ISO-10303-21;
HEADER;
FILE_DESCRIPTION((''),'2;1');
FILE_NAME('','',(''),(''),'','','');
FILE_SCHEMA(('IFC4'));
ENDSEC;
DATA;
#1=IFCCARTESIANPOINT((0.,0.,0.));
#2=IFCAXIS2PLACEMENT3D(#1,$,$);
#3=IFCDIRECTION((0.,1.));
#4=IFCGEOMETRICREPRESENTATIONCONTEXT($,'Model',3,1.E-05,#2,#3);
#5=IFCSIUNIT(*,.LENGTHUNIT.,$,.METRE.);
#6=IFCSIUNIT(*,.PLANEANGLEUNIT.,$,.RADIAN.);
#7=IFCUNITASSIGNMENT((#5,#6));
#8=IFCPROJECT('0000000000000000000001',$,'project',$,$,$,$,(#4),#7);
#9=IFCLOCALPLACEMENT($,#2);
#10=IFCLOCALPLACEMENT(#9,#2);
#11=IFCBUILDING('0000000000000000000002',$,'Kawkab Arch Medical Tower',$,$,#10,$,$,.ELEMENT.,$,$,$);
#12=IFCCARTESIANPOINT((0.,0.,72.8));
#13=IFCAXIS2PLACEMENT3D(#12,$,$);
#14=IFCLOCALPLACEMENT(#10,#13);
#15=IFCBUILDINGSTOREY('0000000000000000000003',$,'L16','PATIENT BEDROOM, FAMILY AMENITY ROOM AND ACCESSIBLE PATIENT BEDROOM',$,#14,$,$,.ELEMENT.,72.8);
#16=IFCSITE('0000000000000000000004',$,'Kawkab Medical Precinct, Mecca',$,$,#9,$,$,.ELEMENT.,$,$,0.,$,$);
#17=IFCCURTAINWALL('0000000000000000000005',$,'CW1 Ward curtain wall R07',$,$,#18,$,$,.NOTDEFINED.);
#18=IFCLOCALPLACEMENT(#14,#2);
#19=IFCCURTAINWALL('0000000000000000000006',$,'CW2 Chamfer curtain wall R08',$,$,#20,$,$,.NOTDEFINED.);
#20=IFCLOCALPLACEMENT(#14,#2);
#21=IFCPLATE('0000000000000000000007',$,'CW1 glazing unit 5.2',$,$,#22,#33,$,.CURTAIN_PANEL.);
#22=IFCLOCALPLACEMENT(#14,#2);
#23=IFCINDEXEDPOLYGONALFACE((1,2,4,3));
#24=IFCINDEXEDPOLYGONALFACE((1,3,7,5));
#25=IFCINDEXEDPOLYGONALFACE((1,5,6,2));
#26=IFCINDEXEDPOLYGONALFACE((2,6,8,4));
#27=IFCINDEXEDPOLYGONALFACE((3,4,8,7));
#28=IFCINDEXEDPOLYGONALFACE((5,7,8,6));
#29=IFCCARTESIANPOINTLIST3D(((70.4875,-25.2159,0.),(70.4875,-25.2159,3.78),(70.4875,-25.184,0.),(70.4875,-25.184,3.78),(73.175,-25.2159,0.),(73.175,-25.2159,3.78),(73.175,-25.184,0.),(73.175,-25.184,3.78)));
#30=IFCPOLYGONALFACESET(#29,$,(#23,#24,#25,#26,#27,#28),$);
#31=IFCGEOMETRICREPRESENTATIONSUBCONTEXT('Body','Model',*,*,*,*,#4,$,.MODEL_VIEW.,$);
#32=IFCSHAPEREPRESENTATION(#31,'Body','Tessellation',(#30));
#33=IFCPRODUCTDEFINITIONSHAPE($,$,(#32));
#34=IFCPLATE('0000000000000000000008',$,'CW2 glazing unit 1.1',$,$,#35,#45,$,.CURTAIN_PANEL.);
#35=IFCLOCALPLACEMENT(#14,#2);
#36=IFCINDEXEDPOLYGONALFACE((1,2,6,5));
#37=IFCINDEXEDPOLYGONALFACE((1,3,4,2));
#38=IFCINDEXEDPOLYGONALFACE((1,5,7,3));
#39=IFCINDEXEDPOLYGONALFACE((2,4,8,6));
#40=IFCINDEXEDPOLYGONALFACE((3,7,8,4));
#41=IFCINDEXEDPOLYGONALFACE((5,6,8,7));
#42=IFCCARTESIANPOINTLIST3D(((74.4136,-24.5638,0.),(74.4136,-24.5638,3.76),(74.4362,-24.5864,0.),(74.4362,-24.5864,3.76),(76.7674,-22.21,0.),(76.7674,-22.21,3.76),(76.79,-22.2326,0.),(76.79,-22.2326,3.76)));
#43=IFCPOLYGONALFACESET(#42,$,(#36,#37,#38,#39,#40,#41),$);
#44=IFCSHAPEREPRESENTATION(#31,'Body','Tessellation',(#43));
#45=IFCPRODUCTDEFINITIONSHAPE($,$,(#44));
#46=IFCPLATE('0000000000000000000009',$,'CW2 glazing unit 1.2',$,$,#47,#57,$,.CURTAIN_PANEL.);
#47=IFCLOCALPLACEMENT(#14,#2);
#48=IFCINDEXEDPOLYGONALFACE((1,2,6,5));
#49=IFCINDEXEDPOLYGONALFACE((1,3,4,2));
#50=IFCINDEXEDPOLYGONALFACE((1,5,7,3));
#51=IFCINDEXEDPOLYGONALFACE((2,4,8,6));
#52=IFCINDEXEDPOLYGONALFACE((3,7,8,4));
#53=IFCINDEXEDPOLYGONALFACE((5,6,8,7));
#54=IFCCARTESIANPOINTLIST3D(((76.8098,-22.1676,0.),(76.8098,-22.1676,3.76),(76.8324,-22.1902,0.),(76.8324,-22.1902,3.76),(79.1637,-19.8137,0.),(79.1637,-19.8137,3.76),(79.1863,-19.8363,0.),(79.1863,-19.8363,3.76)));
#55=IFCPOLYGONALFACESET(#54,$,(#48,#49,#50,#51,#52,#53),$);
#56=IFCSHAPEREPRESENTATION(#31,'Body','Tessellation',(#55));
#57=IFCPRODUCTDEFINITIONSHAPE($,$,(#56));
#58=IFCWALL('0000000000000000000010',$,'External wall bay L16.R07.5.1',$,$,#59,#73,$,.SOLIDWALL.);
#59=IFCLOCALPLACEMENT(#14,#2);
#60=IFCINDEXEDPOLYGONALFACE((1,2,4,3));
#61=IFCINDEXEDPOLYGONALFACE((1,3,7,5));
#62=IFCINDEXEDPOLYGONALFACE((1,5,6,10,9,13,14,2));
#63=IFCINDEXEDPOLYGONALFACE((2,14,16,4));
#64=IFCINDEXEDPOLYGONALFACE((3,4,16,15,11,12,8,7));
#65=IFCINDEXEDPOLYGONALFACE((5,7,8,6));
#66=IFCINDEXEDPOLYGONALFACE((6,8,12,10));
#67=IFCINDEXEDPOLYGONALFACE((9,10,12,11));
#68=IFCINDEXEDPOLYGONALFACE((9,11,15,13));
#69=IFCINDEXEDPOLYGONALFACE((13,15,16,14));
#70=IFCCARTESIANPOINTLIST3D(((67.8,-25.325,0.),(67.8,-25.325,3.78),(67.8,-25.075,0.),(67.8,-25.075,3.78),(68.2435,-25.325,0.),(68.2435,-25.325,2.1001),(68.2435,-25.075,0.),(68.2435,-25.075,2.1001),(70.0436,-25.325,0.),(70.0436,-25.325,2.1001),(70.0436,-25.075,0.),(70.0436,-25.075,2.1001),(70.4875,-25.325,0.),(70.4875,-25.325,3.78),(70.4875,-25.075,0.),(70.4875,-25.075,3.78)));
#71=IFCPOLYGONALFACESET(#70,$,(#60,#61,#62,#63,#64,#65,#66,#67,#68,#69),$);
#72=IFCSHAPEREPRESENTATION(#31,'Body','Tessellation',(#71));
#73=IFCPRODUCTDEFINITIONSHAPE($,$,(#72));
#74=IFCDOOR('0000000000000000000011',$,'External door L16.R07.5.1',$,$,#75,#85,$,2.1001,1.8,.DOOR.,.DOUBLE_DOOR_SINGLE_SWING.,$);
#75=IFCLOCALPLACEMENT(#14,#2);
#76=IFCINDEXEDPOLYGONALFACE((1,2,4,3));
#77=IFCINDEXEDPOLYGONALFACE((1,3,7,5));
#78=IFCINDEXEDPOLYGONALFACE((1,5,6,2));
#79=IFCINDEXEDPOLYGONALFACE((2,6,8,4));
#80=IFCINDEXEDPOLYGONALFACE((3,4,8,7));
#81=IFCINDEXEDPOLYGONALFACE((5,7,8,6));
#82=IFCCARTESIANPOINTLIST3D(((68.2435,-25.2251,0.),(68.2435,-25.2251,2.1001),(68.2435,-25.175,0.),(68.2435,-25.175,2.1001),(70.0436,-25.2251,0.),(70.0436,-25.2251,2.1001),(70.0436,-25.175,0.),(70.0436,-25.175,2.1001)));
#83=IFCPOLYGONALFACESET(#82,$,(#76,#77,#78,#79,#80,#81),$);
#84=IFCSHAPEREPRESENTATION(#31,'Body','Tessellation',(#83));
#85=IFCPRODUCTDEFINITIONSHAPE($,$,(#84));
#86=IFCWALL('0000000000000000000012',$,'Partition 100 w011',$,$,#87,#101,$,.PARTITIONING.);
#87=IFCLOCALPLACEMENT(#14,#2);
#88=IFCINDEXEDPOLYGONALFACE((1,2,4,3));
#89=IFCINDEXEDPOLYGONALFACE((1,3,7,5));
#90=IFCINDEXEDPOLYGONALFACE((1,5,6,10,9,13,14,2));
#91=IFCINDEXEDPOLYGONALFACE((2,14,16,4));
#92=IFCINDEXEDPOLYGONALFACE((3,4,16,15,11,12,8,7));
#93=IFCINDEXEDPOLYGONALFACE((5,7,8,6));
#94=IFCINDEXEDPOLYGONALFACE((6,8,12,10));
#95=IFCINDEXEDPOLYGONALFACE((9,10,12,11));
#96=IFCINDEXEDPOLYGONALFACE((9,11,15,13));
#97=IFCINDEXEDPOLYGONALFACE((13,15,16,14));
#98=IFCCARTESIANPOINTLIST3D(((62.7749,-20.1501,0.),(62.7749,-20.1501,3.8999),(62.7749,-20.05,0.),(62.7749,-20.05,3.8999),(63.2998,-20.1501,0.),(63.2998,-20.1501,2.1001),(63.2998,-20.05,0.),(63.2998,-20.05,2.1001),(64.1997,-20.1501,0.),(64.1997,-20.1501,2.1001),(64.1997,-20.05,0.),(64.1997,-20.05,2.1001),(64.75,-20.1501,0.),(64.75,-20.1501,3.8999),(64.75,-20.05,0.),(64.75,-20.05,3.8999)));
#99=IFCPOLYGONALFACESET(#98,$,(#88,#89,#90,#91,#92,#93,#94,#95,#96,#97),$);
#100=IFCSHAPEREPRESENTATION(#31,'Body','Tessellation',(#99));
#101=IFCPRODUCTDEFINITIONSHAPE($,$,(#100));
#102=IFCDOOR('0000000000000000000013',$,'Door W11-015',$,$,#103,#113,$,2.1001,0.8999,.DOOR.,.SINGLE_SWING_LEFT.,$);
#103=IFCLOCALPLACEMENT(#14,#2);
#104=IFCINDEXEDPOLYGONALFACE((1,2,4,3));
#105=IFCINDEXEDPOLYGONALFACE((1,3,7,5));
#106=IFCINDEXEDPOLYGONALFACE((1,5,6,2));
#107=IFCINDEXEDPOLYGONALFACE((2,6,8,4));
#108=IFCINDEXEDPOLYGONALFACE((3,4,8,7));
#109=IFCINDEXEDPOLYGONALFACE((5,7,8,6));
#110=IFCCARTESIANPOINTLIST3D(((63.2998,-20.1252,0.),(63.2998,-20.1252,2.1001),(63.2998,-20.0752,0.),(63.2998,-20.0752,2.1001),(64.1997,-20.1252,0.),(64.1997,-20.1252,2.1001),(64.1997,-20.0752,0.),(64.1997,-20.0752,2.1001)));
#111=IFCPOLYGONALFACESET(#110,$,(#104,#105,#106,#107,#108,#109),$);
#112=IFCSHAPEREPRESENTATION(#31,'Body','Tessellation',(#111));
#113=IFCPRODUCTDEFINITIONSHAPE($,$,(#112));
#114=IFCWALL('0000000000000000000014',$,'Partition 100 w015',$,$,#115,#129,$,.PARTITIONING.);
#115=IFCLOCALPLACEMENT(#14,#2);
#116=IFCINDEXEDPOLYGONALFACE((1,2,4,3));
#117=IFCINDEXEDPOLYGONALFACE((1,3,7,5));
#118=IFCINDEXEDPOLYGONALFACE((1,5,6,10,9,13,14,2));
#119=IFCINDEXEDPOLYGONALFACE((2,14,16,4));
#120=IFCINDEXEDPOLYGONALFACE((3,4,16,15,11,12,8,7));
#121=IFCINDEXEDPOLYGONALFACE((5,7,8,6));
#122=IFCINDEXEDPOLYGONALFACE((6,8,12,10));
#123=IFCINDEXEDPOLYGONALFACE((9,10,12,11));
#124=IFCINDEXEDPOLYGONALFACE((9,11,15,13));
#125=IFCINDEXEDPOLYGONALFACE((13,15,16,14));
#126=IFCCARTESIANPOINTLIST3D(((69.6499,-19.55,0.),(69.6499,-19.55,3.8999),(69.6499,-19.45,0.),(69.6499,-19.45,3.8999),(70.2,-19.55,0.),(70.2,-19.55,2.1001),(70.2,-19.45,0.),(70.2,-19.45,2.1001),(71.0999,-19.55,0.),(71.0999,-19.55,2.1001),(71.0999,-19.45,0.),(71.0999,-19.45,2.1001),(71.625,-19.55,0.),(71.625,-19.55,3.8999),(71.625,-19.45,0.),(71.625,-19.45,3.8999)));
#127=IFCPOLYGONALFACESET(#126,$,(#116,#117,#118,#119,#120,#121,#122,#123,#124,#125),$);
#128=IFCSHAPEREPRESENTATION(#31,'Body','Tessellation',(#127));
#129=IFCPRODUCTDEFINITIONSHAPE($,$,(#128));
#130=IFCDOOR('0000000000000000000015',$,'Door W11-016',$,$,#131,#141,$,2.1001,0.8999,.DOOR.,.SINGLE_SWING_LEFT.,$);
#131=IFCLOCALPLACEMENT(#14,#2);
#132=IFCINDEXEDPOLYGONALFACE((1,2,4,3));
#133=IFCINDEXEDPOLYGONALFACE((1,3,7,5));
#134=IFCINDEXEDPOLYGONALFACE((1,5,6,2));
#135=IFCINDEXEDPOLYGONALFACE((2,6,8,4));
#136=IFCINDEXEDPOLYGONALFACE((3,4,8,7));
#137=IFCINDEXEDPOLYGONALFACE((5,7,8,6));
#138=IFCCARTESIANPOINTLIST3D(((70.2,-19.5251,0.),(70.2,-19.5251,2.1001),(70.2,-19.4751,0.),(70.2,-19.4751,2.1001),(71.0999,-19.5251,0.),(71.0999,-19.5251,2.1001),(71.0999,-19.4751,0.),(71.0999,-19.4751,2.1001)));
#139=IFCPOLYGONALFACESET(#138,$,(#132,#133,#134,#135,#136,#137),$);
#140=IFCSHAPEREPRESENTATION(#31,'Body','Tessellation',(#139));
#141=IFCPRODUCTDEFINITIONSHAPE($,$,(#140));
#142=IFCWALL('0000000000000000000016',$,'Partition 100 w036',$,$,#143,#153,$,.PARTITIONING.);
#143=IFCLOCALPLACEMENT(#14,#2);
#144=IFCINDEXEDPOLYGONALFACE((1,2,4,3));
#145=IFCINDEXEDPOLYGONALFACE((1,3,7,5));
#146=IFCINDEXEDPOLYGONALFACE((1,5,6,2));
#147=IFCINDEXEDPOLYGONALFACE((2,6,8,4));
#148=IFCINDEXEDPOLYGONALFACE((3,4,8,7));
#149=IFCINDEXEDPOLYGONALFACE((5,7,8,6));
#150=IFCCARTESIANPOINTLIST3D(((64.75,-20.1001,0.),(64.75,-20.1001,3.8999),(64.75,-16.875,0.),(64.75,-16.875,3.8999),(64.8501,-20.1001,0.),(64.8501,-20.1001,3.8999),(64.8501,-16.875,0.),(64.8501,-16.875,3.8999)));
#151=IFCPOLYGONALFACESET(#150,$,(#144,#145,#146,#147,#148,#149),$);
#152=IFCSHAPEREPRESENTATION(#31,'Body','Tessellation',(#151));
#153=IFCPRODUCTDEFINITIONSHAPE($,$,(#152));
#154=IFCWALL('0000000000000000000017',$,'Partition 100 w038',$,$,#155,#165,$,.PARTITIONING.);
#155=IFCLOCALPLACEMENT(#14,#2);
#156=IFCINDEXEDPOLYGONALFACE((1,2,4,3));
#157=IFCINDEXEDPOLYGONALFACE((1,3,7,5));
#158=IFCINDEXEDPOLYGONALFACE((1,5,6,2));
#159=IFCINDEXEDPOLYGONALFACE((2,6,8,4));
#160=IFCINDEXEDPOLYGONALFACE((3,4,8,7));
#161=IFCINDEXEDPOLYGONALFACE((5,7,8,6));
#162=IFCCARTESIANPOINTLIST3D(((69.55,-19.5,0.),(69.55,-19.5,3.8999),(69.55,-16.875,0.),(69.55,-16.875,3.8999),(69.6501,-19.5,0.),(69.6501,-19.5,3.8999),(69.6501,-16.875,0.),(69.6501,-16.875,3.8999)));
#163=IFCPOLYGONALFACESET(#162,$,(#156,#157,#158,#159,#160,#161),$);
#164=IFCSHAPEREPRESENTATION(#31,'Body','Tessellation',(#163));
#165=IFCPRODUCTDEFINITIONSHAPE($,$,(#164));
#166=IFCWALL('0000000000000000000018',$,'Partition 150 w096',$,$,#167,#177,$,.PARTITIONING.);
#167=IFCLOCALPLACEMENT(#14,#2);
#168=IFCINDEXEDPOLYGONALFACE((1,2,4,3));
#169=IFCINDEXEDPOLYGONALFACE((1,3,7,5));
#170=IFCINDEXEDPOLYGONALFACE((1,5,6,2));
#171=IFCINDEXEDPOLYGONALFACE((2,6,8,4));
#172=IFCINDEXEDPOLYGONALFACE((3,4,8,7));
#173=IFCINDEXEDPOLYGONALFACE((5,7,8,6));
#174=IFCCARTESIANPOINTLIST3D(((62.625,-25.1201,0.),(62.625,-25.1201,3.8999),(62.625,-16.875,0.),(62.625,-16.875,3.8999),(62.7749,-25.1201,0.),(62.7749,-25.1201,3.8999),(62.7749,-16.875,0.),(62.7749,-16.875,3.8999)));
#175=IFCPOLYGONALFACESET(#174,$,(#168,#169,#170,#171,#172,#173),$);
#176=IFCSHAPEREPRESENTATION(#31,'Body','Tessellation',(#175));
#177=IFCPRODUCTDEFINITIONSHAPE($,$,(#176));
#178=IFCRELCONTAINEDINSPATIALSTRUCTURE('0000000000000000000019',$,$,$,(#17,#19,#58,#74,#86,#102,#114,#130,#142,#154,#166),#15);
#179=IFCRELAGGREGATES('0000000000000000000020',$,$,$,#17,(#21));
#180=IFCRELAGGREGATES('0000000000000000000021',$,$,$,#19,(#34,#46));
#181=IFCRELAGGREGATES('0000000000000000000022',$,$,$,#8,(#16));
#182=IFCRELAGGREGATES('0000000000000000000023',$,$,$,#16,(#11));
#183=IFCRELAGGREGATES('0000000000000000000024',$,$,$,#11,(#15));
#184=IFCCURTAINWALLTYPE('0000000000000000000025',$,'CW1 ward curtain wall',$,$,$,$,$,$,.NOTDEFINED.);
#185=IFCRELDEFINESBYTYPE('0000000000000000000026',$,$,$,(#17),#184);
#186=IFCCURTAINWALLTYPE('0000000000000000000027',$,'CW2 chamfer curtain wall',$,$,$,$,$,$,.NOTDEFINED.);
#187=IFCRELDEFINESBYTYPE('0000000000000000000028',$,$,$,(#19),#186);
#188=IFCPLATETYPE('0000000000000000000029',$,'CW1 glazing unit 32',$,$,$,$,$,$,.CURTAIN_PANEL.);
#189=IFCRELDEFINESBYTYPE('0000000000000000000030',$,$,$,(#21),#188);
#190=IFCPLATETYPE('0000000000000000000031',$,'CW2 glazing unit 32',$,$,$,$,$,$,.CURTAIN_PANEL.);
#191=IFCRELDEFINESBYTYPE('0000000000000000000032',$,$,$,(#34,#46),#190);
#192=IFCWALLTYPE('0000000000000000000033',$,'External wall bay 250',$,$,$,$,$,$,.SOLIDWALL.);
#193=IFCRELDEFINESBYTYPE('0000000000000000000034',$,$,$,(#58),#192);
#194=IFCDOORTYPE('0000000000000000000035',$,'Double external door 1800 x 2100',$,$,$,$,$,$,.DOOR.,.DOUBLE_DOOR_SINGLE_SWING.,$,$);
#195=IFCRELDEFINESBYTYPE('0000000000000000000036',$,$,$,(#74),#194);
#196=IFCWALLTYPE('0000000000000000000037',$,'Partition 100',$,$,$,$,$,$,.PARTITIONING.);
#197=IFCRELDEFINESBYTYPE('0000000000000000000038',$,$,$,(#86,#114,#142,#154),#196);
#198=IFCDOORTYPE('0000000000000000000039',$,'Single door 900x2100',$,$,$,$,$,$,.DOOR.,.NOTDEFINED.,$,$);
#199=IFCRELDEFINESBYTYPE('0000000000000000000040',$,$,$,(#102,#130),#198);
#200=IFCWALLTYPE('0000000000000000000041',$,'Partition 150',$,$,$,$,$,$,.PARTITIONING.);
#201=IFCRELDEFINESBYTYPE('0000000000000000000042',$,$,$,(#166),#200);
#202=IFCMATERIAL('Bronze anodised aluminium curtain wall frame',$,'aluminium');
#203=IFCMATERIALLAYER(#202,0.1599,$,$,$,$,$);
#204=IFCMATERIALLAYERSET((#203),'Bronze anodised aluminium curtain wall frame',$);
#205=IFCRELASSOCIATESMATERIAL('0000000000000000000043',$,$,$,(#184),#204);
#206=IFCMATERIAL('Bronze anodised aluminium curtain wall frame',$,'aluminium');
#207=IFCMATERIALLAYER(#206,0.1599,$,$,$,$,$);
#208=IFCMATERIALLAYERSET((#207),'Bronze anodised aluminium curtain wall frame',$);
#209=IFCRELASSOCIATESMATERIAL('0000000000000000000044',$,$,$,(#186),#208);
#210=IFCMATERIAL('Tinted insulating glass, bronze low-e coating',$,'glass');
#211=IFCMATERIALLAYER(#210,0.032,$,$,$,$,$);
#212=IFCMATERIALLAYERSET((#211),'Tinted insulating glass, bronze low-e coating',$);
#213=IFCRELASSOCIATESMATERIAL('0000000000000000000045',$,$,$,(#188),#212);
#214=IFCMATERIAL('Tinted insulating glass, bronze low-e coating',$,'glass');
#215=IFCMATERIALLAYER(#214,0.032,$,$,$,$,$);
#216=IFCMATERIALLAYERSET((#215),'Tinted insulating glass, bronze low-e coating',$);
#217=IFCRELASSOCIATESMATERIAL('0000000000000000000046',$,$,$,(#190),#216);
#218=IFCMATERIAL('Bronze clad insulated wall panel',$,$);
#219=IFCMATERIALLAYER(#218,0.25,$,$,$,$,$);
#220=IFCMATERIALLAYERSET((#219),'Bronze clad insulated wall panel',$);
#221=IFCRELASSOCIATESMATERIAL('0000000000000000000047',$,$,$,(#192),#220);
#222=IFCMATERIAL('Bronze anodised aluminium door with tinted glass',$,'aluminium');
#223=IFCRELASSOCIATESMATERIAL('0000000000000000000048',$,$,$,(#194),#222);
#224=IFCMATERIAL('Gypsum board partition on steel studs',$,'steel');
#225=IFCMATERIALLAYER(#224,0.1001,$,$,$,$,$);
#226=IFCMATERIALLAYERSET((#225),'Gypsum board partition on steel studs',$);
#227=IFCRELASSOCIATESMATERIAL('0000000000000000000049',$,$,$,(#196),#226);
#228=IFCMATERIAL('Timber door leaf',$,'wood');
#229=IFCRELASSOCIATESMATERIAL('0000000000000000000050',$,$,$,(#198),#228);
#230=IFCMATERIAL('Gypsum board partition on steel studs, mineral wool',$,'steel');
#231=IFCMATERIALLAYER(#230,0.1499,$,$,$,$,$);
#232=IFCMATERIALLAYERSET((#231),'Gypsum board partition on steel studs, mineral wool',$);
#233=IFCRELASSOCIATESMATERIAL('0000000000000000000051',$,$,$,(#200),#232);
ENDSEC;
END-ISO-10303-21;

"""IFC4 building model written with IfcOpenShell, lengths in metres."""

from ifc_helpers import new_model, si_unit, direction, frame, frame_2d, origin, origin_2d, place, context, subcontext, project, spatial, rectangle, extrude, material, layer, layer_set, type_object, element, fill, aggregate, save


model = new_model("IFC4")

# Units and contexts
model_context = context("Model", 3, precision=1e-05, world=origin(), true_north=direction((0.0, 1.0)))
body_context = subcontext(model_context, "Body", "Model", "MODEL_VIEW")
ifc_project = project(units=[si_unit("LENGTHUNIT", "METRE"), si_unit("PLANEANGLEUNIT", "RADIAN")], contexts=[model_context])

# Site, building, storey
site_placement = place(None, origin())
site = spatial("IfcSite", under=ifc_project, at=site_placement, Name="Kawkab Medical Precinct, Mecca", CompositionType="ELEMENT", RefElevation=0.0)
building_placement = place(site_placement, origin())
building = spatial("IfcBuilding", under=site, at=building_placement, Name="Kawkab Arch Medical Tower", CompositionType="ELEMENT")
storey_placement = place(building_placement, frame((0.0, 0.0, 72.8)))
storey = spatial("IfcBuildingStorey", under=building, at=storey_placement, Name="L16", Description="PATIENT BEDROOM, FAMILY AMENITY ROOM AND ACCESSIBLE PATIENT BEDROOM", CompositionType="ELEMENT", Elevation=72.8)

# Curtain wall
ifc_material_1 = material(Name="Bronze anodised aluminium curtain wall frame", Category="aluminium")
ifc_layer_1 = layer(ifc_material_1, 0.1599)
ifc_layer_set_1 = layer_set([ifc_layer_1], Name="Bronze anodised aluminium curtain wall frame")
curtain_wall_type_1 = type_object("IfcCurtainWallType", Name="CW1 ward curtain wall", PredefinedType="NOTDEFINED", material=ifc_layer_set_1)
placement = place(storey_placement, origin())
curtain_wall_1 = element("IfcCurtainWall", 1, at=placement, inside=storey, type_object=curtain_wall_type_1, Name="CW1 Ward curtain wall R07", PredefinedType="NOTDEFINED")

# Curtain wall
ifc_material_2 = material(Name="Bronze anodised aluminium curtain wall frame", Category="aluminium")
ifc_layer_2 = layer(ifc_material_2, 0.1599)
ifc_layer_set_2 = layer_set([ifc_layer_2], Name="Bronze anodised aluminium curtain wall frame")
curtain_wall_type_2 = type_object("IfcCurtainWallType", Name="CW2 chamfer curtain wall", PredefinedType="NOTDEFINED", material=ifc_layer_set_2)
curtain_wall_2 = element("IfcCurtainWall", 2, at=placement, inside=storey, type_object=curtain_wall_type_2, Name="CW2 Chamfer curtain wall R08", PredefinedType="NOTDEFINED")

# Plates
ifc_material_3 = material(Name="Tinted insulating glass, bronze low-e coating", Category="glass")
ifc_layer_3 = layer(ifc_material_3, 0.032)
ifc_layer_set_3 = layer_set([ifc_layer_3], Name="Tinted insulating glass, bronze low-e coating")
plate_type_1 = type_object("IfcPlateType", Name="CW1 glazing unit 32", PredefinedType="CURTAIN_PANEL", material=ifc_layer_set_3)
plate_1_placement = place(storey_placement, frame((71.8313, -25.2, 0.0), z_axis=(0.0, 0.0, 1.0), x_axis=(1.0, 0.0, 0.0)))
plate_1 = element("IfcPlate", 3, at=plate_1_placement, type_object=plate_type_1, Name="CW1 glazing unit 5.2", PredefinedType="CURTAIN_PANEL", context=body_context, shape_type="SweptSolid", body=[
    extrude(rectangle(XDim=2.6875, YDim=0.032, at=origin_2d()), origin(), (0.0, 0.0, 1.0), 3.78),
])
aggregate(curtain_wall_1, [plate_1])
ifc_material_4 = material(Name="Tinted insulating glass, bronze low-e coating", Category="glass")
ifc_layer_4 = layer(ifc_material_4, 0.032)
ifc_layer_set_4 = layer_set([ifc_layer_4], Name="Tinted insulating glass, bronze low-e coating")
plate_type_2 = type_object("IfcPlateType", Name="CW2 glazing unit 32", PredefinedType="CURTAIN_PANEL", material=ifc_layer_set_4)
plate_2_placement = place(storey_placement, frame((75.6018, -23.3982, 0.0), z_axis=(0.0, 0.0, 1.0), x_axis=(0.707107, 0.707107, 0.0)))
plate_2 = element("IfcPlate", 4, at=plate_2_placement, type_object=plate_type_2, Name="CW2 glazing unit 1.1", PredefinedType="CURTAIN_PANEL", context=body_context, shape_type="SweptSolid", body=[
    extrude(rectangle(XDim=3.3289, YDim=0.032, at=origin_2d()), origin(), (0.0, 0.0, 1.0), 3.76),
])
plate_3_placement = place(storey_placement, frame((77.998, -21.002, 0.0), z_axis=(0.0, 0.0, 1.0), x_axis=(0.707107, 0.707107, 0.0)))
plate_3 = element("IfcPlate", 5, at=plate_3_placement, type_object=plate_type_2, Name="CW2 glazing unit 1.2", PredefinedType="CURTAIN_PANEL", context=body_context, shape_type="SweptSolid", body=[
    extrude(rectangle(XDim=3.3289, YDim=0.032, at=origin_2d()), origin(), (0.0, 0.0, 1.0), 3.76),
])
aggregate(curtain_wall_2, [plate_2, plate_3])

# Walls, openings, doors
ifc_material_5 = material(Name="Bronze clad insulated wall panel")
ifc_layer_5 = layer(ifc_material_5, 0.25)
ifc_layer_set_5 = layer_set([ifc_layer_5], Name="Bronze clad insulated wall panel")
wall_type_1 = type_object("IfcWallType", Name="External wall bay 250", PredefinedType="SOLIDWALL", material=ifc_layer_set_5)
wall_1_placement = place(storey_placement, frame((67.8, -25.2, 0.0), z_axis=(0.0, 0.0, 1.0), x_axis=(1.0, 0.0, 0.0)))
wall_1 = element("IfcWall", 6, at=wall_1_placement, inside=storey, type_object=wall_type_1, Name="External wall bay L16.R07.5.1", PredefinedType="SOLIDWALL", context=body_context, shape_type="SweptSolid", body=[
    extrude(rectangle(XDim=2.6875, YDim=0.25, at=frame_2d((1.3438, 0.0))), origin(), (0.0, 0.0, 1.0), 3.78),
])
opening_1_placement = place(wall_1_placement, frame((0.4436, 0.0, 0.0)))
opening_1 = element("IfcOpeningElement", 7, at=opening_1_placement, cuts=wall_1, PredefinedType="OPENING", context=body_context, shape_type="SweptSolid", body=[
    extrude(rectangle(XDim=1.8, YDim=2.1001, at=frame_2d((0.8999, 1.05))), frame((0.0, 0.135, 0.0), z_axis=(0.0, -1.0, 0.0), x_axis=(1.0, 0.0, 0.0)), (0.0, 0.0, 1.0), 0.27),
])
ifc_material_6 = material(Name="Bronze anodised aluminium door with tinted glass", Category="aluminium")
door_type_1 = type_object("IfcDoorType", Name="Double external door 1800 x 2100", OperationType="DOUBLE_DOOR_SINGLE_SWING", PredefinedType="DOOR", material=ifc_material_6)
door_1_placement = place(opening_1_placement, origin())
door_1 = element("IfcDoor", 8, at=door_1_placement, inside=storey, type_object=door_type_1, Name="External door L16.R07.5.1", OperationType="DOUBLE_DOOR_SINGLE_SWING", OverallHeight=2.1001, OverallWidth=1.8, PredefinedType="DOOR", context=body_context, shape_type="SweptSolid", body=[
    extrude(rectangle(XDim=1.8, YDim=2.1001, at=frame_2d((0.8999, 1.05))), frame((0.0, 0.0249, 0.0), z_axis=(0.0, -1.0, 0.0), x_axis=(1.0, 0.0, 0.0)), (0.0, 0.0, 1.0), 0.05),
])
fill(opening_1, door_1)
ifc_material_7 = material(Name="Gypsum board partition on steel studs", Category="steel")
ifc_layer_6 = layer(ifc_material_7, 0.1001)
ifc_layer_set_6 = layer_set([ifc_layer_6], Name="Gypsum board partition on steel studs")
wall_type_2 = type_object("IfcWallType", Name="Partition 100", PredefinedType="PARTITIONING", material=ifc_layer_set_6)
wall_2_placement = place(storey_placement, frame((62.7749, -20.1001, 0.0), z_axis=(0.0, 0.0, 1.0), x_axis=(1.0, 0.0, 0.0)))
wall_2 = element("IfcWall", 9, at=wall_2_placement, inside=storey, type_object=wall_type_2, Name="Partition 100 w011", PredefinedType="PARTITIONING", context=body_context, shape_type="SweptSolid", body=[
    extrude(rectangle(XDim=1.9751, YDim=0.1001, at=frame_2d((0.9875, 0.0))), origin(), (0.0, 0.0, 1.0), 3.8999),
])
opening_2_placement = place(wall_2_placement, frame((0.5249, 0.0, 0.0)))
opening_2 = element("IfcOpeningElement", 10, at=opening_2_placement, cuts=wall_2, PredefinedType="OPENING", context=body_context, shape_type="SweptSolid", body=[
    extrude(rectangle(XDim=0.8999, YDim=2.1001, at=frame_2d((0.45, 1.05))), frame((0.0, 0.0601, 0.0), z_axis=(0.0, -1.0, 0.0), x_axis=(1.0, 0.0, 0.0)), (0.0, 0.0, 1.0), 0.1201),
])
ifc_material_8 = material(Name="Timber door leaf", Category="wood")
door_type_2 = type_object("IfcDoorType", Name="Single door 900x2100", OperationType="NOTDEFINED", PredefinedType="DOOR", material=ifc_material_8)
door_2_placement = place(opening_2_placement, origin())
door_2 = element("IfcDoor", 11, at=door_2_placement, inside=storey, type_object=door_type_2, Name="Door W11-015", OperationType="SINGLE_SWING_LEFT", OverallHeight=2.1001, OverallWidth=0.8999, PredefinedType="DOOR", context=body_context, shape_type="SweptSolid", body=[
    extrude(rectangle(XDim=0.8999, YDim=2.1001, at=frame_2d((0.45, 1.05))), frame((0.0, 0.0249, 0.0), z_axis=(0.0, -1.0, 0.0), x_axis=(1.0, 0.0, 0.0)), (0.0, 0.0, 1.0), 0.05),
])
fill(opening_2, door_2)
wall_3_placement = place(storey_placement, frame((69.6499, -19.5, 0.0), z_axis=(0.0, 0.0, 1.0), x_axis=(1.0, 0.0, 0.0)))
wall_3 = element("IfcWall", 12, at=wall_3_placement, inside=storey, type_object=wall_type_2, Name="Partition 100 w015", PredefinedType="PARTITIONING", context=body_context, shape_type="SweptSolid", body=[
    extrude(rectangle(XDim=1.9751, YDim=0.1001, at=frame_2d((0.9875, 0.0))), origin(), (0.0, 0.0, 1.0), 3.8999),
])
opening_3_placement = place(wall_3_placement, frame((0.55, 0.0, 0.0)))
opening_3 = element("IfcOpeningElement", 13, at=opening_3_placement, cuts=wall_3, PredefinedType="OPENING", context=body_context, shape_type="SweptSolid", body=[
    extrude(rectangle(XDim=0.8999, YDim=2.1001, at=frame_2d((0.45, 1.05))), frame((0.0, 0.0601, 0.0), z_axis=(0.0, -1.0, 0.0), x_axis=(1.0, 0.0, 0.0)), (0.0, 0.0, 1.0), 0.1201),
])
door_3_placement = place(opening_3_placement, origin())
door_3 = element("IfcDoor", 14, at=door_3_placement, inside=storey, type_object=door_type_2, Name="Door W11-016", OperationType="SINGLE_SWING_LEFT", OverallHeight=2.1001, OverallWidth=0.8999, PredefinedType="DOOR", context=body_context, shape_type="SweptSolid", body=[
    extrude(rectangle(XDim=0.8999, YDim=2.1001, at=frame_2d((0.45, 1.05))), frame((0.0, 0.0249, 0.0), z_axis=(0.0, -1.0, 0.0), x_axis=(1.0, 0.0, 0.0)), (0.0, 0.0, 1.0), 0.05),
])
fill(opening_3, door_3)

# Walls
wall_4_placement = place(storey_placement, frame((64.8, -20.1001, 0.0), z_axis=(0.0, 0.0, 1.0), x_axis=(0.0, 1.0, 0.0)))
element("IfcWall", 15, at=wall_4_placement, inside=storey, type_object=wall_type_2, Name="Partition 100 w036", PredefinedType="PARTITIONING", context=body_context, shape_type="SweptSolid", body=[
    extrude(rectangle(XDim=3.2251, YDim=0.1001, at=frame_2d((1.6125, 0.0))), origin(), (0.0, 0.0, 1.0), 3.8999),
])
wall_5_placement = place(storey_placement, frame((69.6001, -19.5, 0.0), z_axis=(0.0, 0.0, 1.0), x_axis=(0.0, 1.0, 0.0)))
element("IfcWall", 16, at=wall_5_placement, inside=storey, type_object=wall_type_2, Name="Partition 100 w038", PredefinedType="PARTITIONING", context=body_context, shape_type="SweptSolid", body=[
    extrude(rectangle(XDim=2.625, YDim=0.1001, at=frame_2d((1.3125, 0.0))), origin(), (0.0, 0.0, 1.0), 3.8999),
])
ifc_material_9 = material(Name="Gypsum board partition on steel studs, mineral wool", Category="steel")
ifc_layer_7 = layer(ifc_material_9, 0.1499)
ifc_layer_set_7 = layer_set([ifc_layer_7], Name="Gypsum board partition on steel studs, mineral wool")
wall_type_3 = type_object("IfcWallType", Name="Partition 150", PredefinedType="PARTITIONING", material=ifc_layer_set_7)
for number, where, z_axis, x_axis, name in (
    (17, (62.7, -25.1201, 0.0), (0.0, 0.0, 1.0), (0.0, 1.0, 0.0), "Partition 150 w096"),
):
    element("IfcWall", number, at=place(storey_placement, frame(where, z_axis=z_axis, x_axis=x_axis)), inside=storey, type_object=wall_type_3, Name=name, PredefinedType="PARTITIONING", context=body_context, shape_type="SweptSolid", body=[
        extrude(rectangle(XDim=8.2451, YDim=0.1499, at=frame_2d((4.1226, 0.0))), origin(), (0.0, 0.0, 1.0), 3.8999),
    ])

save(model, "model.ifc")
